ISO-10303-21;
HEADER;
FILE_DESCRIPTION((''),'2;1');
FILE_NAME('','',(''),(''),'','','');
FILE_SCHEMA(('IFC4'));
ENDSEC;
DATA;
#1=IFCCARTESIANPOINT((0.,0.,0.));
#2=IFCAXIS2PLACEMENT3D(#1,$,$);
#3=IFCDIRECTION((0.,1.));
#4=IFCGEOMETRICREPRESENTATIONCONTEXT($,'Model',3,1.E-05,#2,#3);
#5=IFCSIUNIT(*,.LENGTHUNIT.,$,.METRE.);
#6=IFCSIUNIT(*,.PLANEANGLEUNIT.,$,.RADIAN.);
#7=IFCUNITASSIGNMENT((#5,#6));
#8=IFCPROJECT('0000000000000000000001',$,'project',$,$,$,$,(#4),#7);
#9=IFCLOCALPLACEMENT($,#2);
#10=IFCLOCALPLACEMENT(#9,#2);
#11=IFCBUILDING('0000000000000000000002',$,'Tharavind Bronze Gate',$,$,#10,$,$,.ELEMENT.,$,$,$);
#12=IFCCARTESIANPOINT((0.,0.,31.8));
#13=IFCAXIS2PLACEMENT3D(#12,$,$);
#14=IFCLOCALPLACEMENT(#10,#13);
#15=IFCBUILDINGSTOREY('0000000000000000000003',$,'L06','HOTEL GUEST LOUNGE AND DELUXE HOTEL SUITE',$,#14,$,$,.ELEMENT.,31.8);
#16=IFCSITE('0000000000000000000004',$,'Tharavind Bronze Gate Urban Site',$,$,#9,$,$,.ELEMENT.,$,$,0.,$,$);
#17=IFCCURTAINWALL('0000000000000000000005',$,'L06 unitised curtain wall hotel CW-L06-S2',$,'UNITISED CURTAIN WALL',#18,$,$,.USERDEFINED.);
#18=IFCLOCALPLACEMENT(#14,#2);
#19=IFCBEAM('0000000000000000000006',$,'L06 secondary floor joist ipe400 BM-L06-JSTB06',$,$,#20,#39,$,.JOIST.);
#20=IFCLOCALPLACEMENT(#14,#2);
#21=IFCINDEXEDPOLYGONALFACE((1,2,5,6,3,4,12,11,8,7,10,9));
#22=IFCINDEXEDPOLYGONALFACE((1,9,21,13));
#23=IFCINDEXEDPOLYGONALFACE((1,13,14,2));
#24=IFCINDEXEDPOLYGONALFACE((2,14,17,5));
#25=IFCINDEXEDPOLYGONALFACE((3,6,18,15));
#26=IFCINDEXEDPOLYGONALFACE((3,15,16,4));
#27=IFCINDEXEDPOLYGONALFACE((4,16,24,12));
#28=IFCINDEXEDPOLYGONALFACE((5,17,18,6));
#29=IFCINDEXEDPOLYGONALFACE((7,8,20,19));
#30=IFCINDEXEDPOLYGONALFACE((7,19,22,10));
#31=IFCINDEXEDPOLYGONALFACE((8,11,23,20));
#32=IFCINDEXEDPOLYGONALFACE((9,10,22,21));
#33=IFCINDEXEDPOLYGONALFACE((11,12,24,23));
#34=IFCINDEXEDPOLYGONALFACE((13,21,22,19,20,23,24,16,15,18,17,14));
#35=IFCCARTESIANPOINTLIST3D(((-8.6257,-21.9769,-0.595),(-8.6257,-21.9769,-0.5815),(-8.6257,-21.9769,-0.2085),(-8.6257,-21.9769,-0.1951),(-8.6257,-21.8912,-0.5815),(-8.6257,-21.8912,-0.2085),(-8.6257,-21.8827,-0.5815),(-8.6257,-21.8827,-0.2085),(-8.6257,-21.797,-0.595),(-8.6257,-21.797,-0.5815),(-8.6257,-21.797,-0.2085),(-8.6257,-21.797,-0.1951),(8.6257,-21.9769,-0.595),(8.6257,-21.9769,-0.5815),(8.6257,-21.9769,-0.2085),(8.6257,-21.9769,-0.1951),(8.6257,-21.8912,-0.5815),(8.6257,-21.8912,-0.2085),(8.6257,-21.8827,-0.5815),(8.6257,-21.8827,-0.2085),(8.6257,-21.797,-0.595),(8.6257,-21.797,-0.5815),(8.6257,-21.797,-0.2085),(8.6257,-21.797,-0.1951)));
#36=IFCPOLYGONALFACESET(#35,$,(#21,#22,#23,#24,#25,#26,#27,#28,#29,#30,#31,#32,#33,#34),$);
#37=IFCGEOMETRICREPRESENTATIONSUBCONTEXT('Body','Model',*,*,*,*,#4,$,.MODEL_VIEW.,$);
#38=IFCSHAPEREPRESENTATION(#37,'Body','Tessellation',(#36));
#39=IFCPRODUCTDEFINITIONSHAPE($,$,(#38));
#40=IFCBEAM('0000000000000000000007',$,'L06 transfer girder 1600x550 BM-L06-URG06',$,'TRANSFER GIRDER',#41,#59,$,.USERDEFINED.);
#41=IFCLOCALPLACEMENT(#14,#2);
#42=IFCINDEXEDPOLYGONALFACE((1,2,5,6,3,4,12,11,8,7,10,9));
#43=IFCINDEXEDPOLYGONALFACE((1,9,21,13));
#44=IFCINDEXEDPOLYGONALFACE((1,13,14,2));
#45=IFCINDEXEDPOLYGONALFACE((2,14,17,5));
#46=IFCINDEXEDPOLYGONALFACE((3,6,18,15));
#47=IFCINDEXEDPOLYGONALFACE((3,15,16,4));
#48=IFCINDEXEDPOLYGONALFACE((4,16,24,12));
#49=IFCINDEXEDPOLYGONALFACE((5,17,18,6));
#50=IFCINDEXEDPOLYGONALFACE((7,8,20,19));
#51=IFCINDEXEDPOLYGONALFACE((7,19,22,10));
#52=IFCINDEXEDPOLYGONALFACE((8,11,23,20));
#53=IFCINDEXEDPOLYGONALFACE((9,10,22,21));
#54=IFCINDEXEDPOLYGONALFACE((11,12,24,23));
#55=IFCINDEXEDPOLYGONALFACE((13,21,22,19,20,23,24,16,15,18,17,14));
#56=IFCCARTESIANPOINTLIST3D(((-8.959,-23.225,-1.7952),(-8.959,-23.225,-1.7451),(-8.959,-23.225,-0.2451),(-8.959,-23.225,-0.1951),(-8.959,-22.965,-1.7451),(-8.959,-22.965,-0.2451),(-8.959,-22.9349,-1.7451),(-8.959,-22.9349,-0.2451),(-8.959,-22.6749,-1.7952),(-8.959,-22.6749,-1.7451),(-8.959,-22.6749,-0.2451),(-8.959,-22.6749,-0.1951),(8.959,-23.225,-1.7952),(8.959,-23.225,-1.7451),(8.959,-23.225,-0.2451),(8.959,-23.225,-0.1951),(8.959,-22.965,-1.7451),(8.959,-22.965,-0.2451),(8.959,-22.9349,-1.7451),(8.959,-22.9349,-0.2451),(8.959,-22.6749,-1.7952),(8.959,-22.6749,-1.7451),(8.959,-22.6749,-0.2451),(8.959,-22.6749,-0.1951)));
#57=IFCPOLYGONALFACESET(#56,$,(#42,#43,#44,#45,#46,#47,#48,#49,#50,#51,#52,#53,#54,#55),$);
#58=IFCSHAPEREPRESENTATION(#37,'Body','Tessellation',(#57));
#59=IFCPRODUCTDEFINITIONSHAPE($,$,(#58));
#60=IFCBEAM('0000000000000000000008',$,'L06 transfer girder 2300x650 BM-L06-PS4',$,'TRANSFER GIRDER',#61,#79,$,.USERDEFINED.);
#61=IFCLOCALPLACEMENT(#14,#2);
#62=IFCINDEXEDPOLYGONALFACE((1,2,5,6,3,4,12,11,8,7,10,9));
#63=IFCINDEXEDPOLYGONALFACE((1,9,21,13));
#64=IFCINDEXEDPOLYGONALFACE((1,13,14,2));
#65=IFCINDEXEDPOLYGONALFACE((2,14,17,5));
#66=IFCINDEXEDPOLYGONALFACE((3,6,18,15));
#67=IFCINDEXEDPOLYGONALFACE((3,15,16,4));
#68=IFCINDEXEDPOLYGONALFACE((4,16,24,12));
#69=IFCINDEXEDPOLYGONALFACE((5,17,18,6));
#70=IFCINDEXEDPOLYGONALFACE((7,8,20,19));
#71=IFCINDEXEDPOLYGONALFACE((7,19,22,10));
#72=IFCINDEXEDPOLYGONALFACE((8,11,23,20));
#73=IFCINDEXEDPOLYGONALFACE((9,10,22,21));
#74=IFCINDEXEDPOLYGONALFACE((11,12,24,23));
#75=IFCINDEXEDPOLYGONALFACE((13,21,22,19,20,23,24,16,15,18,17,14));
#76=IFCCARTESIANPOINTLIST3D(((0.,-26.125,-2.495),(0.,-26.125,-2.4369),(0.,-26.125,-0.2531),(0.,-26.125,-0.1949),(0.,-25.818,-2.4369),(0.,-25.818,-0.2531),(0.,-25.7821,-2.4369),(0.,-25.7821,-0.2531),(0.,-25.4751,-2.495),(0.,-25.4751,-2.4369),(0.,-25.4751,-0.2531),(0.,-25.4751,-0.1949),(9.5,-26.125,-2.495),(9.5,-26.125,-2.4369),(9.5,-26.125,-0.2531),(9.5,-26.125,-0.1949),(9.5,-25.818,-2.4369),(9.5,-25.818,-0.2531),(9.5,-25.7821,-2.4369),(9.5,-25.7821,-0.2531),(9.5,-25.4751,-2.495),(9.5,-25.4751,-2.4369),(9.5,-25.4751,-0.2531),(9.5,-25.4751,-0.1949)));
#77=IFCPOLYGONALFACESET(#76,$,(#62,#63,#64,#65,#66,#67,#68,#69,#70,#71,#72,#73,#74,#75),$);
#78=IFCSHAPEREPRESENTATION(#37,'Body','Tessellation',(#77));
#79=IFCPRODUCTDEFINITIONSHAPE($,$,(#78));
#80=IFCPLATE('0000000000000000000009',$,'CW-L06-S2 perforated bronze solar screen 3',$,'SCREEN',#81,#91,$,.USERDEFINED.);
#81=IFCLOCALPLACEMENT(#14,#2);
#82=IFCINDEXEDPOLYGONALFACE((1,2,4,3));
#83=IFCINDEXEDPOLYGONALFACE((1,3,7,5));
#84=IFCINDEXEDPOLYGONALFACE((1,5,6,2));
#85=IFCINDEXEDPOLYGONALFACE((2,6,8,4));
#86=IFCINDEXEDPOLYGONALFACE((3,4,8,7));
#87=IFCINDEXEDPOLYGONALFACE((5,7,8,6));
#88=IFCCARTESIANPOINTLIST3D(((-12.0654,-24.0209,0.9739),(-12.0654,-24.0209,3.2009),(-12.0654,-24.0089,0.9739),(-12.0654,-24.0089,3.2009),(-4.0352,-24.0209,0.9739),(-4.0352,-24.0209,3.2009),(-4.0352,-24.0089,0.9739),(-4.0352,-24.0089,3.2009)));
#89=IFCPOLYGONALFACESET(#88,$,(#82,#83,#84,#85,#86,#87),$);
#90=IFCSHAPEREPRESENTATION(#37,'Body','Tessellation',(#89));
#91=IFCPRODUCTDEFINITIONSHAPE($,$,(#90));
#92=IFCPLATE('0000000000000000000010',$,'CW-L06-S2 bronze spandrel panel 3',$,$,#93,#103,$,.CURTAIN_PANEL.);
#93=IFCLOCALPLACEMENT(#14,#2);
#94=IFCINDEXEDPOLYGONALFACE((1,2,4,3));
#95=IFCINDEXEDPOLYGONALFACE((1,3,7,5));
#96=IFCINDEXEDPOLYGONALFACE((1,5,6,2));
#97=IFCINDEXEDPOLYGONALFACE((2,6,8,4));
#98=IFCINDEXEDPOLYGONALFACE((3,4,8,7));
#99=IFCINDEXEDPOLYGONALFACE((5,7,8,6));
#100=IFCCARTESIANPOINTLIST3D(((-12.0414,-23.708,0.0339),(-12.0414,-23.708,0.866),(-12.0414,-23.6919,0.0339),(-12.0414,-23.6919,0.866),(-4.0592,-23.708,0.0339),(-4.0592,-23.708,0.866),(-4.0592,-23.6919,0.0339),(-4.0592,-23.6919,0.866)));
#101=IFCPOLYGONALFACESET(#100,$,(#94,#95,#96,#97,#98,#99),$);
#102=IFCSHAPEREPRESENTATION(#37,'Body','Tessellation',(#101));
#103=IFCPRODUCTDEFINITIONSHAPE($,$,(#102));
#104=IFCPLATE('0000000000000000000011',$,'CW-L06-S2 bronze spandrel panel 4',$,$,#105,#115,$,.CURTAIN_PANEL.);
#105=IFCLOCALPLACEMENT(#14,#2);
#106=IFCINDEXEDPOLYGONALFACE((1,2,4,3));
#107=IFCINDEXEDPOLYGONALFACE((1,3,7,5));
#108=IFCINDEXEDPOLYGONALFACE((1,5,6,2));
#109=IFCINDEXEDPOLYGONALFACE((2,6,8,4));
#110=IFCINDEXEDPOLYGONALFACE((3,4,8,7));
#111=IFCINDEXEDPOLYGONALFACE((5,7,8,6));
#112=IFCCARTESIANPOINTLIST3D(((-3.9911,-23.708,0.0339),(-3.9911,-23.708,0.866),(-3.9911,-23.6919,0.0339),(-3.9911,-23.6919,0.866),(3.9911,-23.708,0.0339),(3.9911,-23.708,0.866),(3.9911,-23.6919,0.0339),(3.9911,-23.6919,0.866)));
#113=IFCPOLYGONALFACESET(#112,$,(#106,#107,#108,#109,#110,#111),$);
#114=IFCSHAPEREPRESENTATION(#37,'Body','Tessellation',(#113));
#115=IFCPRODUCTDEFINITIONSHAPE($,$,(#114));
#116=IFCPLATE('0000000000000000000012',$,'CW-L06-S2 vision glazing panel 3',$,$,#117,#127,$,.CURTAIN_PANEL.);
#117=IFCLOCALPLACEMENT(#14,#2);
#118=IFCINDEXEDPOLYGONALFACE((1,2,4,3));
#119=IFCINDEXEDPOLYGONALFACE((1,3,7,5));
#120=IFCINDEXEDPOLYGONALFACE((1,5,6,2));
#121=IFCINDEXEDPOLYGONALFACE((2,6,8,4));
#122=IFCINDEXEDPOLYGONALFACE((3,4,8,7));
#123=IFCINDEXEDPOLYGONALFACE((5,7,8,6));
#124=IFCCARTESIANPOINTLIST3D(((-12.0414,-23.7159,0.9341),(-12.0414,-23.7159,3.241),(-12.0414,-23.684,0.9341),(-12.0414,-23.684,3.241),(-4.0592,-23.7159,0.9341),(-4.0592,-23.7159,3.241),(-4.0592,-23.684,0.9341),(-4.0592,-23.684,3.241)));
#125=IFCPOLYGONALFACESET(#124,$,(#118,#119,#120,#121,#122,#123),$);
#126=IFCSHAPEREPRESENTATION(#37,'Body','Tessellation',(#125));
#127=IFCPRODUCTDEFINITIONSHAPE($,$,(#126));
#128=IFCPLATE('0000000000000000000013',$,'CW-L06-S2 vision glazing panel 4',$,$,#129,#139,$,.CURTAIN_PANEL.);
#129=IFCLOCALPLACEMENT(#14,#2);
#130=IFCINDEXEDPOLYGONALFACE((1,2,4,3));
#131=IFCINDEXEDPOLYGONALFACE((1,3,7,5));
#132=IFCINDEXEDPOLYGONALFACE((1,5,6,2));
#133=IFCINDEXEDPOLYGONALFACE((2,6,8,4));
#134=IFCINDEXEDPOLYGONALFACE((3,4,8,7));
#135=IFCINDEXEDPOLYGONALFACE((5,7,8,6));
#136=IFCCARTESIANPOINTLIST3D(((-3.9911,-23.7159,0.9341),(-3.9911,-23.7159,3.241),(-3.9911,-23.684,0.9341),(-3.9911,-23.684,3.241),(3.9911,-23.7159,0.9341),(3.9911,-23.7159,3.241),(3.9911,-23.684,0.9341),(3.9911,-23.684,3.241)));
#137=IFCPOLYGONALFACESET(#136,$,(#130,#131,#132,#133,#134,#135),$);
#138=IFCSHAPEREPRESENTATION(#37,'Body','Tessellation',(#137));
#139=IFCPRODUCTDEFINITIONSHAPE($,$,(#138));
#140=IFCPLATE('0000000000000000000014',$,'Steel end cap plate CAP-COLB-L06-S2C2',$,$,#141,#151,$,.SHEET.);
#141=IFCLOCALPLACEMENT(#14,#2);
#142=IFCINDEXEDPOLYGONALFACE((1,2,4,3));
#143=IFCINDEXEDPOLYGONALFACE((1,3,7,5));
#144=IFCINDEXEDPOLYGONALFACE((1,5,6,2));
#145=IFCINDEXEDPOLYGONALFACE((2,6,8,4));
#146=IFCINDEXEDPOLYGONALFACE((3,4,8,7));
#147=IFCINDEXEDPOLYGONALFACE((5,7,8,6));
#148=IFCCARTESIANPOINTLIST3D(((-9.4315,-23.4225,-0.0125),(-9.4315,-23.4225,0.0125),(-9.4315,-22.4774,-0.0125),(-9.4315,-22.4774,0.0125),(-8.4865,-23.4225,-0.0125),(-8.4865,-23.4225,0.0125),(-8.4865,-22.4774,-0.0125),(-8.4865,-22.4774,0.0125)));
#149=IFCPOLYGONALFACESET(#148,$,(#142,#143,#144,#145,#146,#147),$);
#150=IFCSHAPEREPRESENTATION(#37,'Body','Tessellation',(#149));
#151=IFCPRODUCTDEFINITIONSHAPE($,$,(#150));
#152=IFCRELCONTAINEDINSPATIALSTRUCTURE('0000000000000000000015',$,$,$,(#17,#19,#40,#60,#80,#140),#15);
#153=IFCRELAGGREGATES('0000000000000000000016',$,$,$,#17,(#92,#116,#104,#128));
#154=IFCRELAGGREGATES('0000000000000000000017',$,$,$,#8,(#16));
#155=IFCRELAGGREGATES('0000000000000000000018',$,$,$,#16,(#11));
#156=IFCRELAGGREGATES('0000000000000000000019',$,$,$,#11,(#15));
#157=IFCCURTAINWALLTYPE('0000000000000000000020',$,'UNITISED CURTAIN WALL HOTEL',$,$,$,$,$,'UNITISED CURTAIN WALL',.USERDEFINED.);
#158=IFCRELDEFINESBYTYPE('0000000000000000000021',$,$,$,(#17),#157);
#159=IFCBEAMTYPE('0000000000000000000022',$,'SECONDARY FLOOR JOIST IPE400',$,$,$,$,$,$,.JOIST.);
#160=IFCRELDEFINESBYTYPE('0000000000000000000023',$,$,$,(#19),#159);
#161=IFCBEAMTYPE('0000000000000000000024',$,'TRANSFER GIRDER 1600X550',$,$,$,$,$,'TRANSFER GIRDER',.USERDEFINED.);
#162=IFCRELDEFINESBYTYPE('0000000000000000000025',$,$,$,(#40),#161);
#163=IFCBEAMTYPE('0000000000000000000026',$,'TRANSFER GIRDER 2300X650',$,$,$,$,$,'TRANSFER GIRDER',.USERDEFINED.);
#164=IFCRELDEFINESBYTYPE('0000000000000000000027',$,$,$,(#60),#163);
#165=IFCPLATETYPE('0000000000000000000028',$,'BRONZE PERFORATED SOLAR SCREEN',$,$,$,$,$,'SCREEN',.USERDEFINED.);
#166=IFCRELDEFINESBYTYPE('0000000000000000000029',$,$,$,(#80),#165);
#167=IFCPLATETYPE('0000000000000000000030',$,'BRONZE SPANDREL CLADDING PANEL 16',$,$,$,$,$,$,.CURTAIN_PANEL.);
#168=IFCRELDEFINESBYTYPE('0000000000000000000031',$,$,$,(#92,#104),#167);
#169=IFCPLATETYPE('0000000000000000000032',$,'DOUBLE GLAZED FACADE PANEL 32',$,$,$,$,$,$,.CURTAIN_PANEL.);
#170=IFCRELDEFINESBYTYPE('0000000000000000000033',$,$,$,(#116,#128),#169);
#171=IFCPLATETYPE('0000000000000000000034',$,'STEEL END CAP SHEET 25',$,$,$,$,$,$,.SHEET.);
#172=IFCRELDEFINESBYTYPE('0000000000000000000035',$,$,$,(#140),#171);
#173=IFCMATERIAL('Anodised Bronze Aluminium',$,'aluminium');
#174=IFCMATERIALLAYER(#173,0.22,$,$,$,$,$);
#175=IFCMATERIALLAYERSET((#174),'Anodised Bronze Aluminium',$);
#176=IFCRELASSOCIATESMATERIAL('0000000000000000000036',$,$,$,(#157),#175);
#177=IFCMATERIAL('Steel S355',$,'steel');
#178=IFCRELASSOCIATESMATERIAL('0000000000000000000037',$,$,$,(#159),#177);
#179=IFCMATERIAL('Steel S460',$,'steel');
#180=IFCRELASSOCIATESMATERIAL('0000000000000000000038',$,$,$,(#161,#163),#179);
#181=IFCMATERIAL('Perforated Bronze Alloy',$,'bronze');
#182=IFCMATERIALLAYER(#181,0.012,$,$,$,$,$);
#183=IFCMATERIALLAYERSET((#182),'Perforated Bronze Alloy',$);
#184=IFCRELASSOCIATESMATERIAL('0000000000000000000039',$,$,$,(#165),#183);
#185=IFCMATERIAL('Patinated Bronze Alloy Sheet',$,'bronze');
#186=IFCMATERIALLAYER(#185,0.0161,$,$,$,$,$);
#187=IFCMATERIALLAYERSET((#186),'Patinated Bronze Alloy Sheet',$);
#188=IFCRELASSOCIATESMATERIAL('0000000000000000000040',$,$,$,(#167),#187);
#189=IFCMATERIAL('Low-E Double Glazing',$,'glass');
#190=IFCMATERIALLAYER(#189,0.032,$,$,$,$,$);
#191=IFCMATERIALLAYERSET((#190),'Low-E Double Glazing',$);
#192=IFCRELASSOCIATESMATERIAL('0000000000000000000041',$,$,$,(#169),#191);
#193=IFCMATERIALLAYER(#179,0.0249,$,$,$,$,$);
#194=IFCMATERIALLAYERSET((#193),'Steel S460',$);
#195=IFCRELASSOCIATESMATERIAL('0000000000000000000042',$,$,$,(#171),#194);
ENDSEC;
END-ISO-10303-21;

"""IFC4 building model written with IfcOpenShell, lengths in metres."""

from ifc_helpers import new_model, si_unit, direction, frame, origin, origin_2d, place, context, subcontext, project, spatial, rectangle, i_section, extrude, material, layer, layer_set, material_profile, profile_set, type_object, element, aggregate, save


model = new_model("IFC4")

# Units and contexts
model_context = context("Model", 3, precision=1e-05, world=origin(), true_north=direction((0.0, 1.0)))
body_context = subcontext(model_context, "Body", "Model", "MODEL_VIEW")
ifc_project = project(units=[si_unit("LENGTHUNIT", "METRE"), si_unit("PLANEANGLEUNIT", "RADIAN")], contexts=[model_context])

# Site, building, storey
site_placement = place(None, origin())
site = spatial("IfcSite", under=ifc_project, at=site_placement, Name="Tharavind Bronze Gate Urban Site", CompositionType="ELEMENT", RefElevation=0.0)
building_placement = place(site_placement, origin())
building = spatial("IfcBuilding", under=site, at=building_placement, Name="Tharavind Bronze Gate", CompositionType="ELEMENT")
storey_placement = place(building_placement, frame((0.0, 0.0, 31.8)))
storey = spatial("IfcBuildingStorey", under=building, at=storey_placement, Name="L06", Description="HOTEL GUEST LOUNGE AND DELUXE HOTEL SUITE", CompositionType="ELEMENT", Elevation=31.8)

# Shared definitions
ifc_material_1 = material(Name="Steel S460", Category="steel")

# Curtain wall
ifc_material_2 = material(Name="Anodised Bronze Aluminium", Category="aluminium")
ifc_layer_1 = layer(ifc_material_2, 0.22)
ifc_layer_set_1 = layer_set([ifc_layer_1], Name="Anodised Bronze Aluminium")
curtain_wall_type = type_object("IfcCurtainWallType", Name="UNITISED CURTAIN WALL HOTEL", ElementType="UNITISED CURTAIN WALL", PredefinedType="USERDEFINED", material=ifc_layer_set_1)
curtain_wall_placement = place(storey_placement, origin())
curtain_wall = element("IfcCurtainWall", 1, at=curtain_wall_placement, inside=storey, type_object=curtain_wall_type, Name="L06 unitised curtain wall hotel CW-L06-S2", ObjectType="UNITISED CURTAIN WALL", PredefinedType="USERDEFINED")

# Beams
ifc_material_3 = material(Name="Steel S355", Category="steel")
ifc_material_profile_1 = material_profile(ifc_material_3, i_section(OverallWidth=0.1799, OverallDepth=0.3999, WebThickness=0.0085, FlangeThickness=0.0134, at=origin_2d()), Name="IPE400")
ifc_profile_set_1 = profile_set([ifc_material_profile_1], Name="Steel S355")
beam_type_1 = type_object("IfcBeamType", Name="SECONDARY FLOOR JOIST IPE400", PredefinedType="JOIST", material=ifc_profile_set_1)
beam_1_placement = place(storey_placement, frame((-8.6257, -21.887, -0.395), z_axis=(1.0, 0.0, 0.0), x_axis=(0.0, 1.0, 0.0)))
element("IfcBeam", 2, at=beam_1_placement, inside=storey, type_object=beam_type_1, Name="L06 secondary floor joist ipe400 BM-L06-JSTB06", PredefinedType="JOIST", context=body_context, shape_type="SweptSolid", body=[
    extrude(i_section(OverallWidth=0.1799, OverallDepth=0.3999, WebThickness=0.0085, FlangeThickness=0.0134, at=origin_2d()), origin(), (0.0, 0.0, 1.0), 17.2515),
])
ifc_material_profile_2 = material_profile(ifc_material_1, i_section(OverallWidth=0.55, OverallDepth=1.6001, WebThickness=0.03, FlangeThickness=0.05, at=origin_2d()), Name="PG1600X550")
ifc_profile_set_2 = profile_set([ifc_material_profile_2], Name="Steel S460")
beam_type_2 = type_object("IfcBeamType", Name="TRANSFER GIRDER 1600X550", ElementType="TRANSFER GIRDER", PredefinedType="USERDEFINED", material=ifc_profile_set_2)
beam_2_placement = place(storey_placement, frame((-8.959, -22.95, -0.9951), z_axis=(1.0, 0.0, 0.0), x_axis=(0.0, 1.0, 0.0)))
element("IfcBeam", 3, at=beam_2_placement, inside=storey, type_object=beam_type_2, Name="L06 transfer girder 1600x550 BM-L06-URG06", ObjectType="TRANSFER GIRDER", PredefinedType="USERDEFINED", context=body_context, shape_type="SweptSolid", body=[
    extrude(i_section(OverallWidth=0.55, OverallDepth=1.6001, WebThickness=0.03, FlangeThickness=0.05, at=origin_2d()), origin(), (0.0, 0.0, 1.0), 17.918),
])
ifc_material_profile_3 = material_profile(ifc_material_1, i_section(OverallWidth=0.6499, OverallDepth=2.3, WebThickness=0.0359, FlangeThickness=0.0581, at=origin_2d()), Name="PG2300X650")
ifc_profile_set_3 = profile_set([ifc_material_profile_3], Name="Steel S460")
beam_type_3 = type_object("IfcBeamType", Name="TRANSFER GIRDER 2300X650", ElementType="TRANSFER GIRDER", PredefinedType="USERDEFINED", material=ifc_profile_set_3)
beam_3_placement = place(storey_placement, frame((0.0, -25.8, -1.345), z_axis=(1.0, 0.0, 0.0), x_axis=(0.0, 1.0, 0.0)))
element("IfcBeam", 4, at=beam_3_placement, inside=storey, type_object=beam_type_3, Name="L06 transfer girder 2300x650 BM-L06-PS4", ObjectType="TRANSFER GIRDER", PredefinedType="USERDEFINED", context=body_context, shape_type="SweptSolid", body=[
    extrude(i_section(OverallWidth=0.6499, OverallDepth=2.3, WebThickness=0.0359, FlangeThickness=0.0581, at=origin_2d()), origin(), (0.0, 0.0, 1.0), 9.5),
])

# Plates
ifc_material_4 = material(Name="Perforated Bronze Alloy", Category="bronze")
ifc_layer_2 = layer(ifc_material_4, 0.012)
ifc_layer_set_2 = layer_set([ifc_layer_2], Name="Perforated Bronze Alloy")
plate_type_1 = type_object("IfcPlateType", Name="BRONZE PERFORATED SOLAR SCREEN", ElementType="SCREEN", PredefinedType="USERDEFINED", material=ifc_layer_set_2)
plate_1_placement = place(storey_placement, frame((-8.0503, -24.0149, 0.9739), z_axis=(0.0, 0.0, 1.0), x_axis=(1.0, 0.0, 0.0)))
element("IfcPlate", 5, at=plate_1_placement, inside=storey, type_object=plate_type_1, Name="CW-L06-S2 perforated bronze solar screen 3", ObjectType="SCREEN", PredefinedType="USERDEFINED", context=body_context, shape_type="SweptSolid", body=[
    extrude(rectangle(XDim=8.0303, YDim=0.012, at=origin_2d()), origin(), (0.0, 0.0, 1.0), 2.2271),
])
ifc_material_5 = material(Name="Patinated Bronze Alloy Sheet", Category="bronze")
ifc_layer_3 = layer(ifc_material_5, 0.0161)
ifc_layer_set_3 = layer_set([ifc_layer_3], Name="Patinated Bronze Alloy Sheet")
plate_type_2 = type_object("IfcPlateType", Name="BRONZE SPANDREL CLADDING PANEL 16", PredefinedType="CURTAIN_PANEL", material=ifc_layer_set_3)
plate_2_placement = place(storey_placement, frame((-8.0503, -23.7, 0.0339), z_axis=(0.0, 0.0, 1.0), x_axis=(1.0, 0.0, 0.0)))
plate_2 = element("IfcPlate", 6, at=plate_2_placement, type_object=plate_type_2, Name="CW-L06-S2 bronze spandrel panel 3", PredefinedType="CURTAIN_PANEL", context=body_context, shape_type="SweptSolid", body=[
    extrude(rectangle(XDim=7.9822, YDim=0.0161, at=origin_2d()), origin(), (0.0, 0.0, 1.0), 0.832),
])
plate_3_placement = place(storey_placement, frame((0.0, -23.7, 0.0339), z_axis=(0.0, 0.0, 1.0), x_axis=(1.0, 0.0, 0.0)))
plate_3 = element("IfcPlate", 7, at=plate_3_placement, type_object=plate_type_2, Name="CW-L06-S2 bronze spandrel panel 4", PredefinedType="CURTAIN_PANEL", context=body_context, shape_type="SweptSolid", body=[
    extrude(rectangle(XDim=7.9822, YDim=0.0161, at=origin_2d()), origin(), (0.0, 0.0, 1.0), 0.832),
])
ifc_material_6 = material(Name="Low-E Double Glazing", Category="glass")
ifc_layer_4 = layer(ifc_material_6, 0.032)
ifc_layer_set_4 = layer_set([ifc_layer_4], Name="Low-E Double Glazing")
plate_type_3 = type_object("IfcPlateType", Name="DOUBLE GLAZED FACADE PANEL 32", PredefinedType="CURTAIN_PANEL", material=ifc_layer_set_4)
plate_4_placement = place(storey_placement, frame((-8.0503, -23.7, 0.9341), z_axis=(0.0, 0.0, 1.0), x_axis=(1.0, 0.0, 0.0)))
plate_4 = element("IfcPlate", 8, at=plate_4_placement, type_object=plate_type_3, Name="CW-L06-S2 vision glazing panel 3", PredefinedType="CURTAIN_PANEL", context=body_context, shape_type="SweptSolid", body=[
    extrude(rectangle(XDim=7.9822, YDim=0.032, at=origin_2d()), origin(), (0.0, 0.0, 1.0), 2.3069),
])
plate_5_placement = place(storey_placement, frame((0.0, -23.7, 0.9341), z_axis=(0.0, 0.0, 1.0), x_axis=(1.0, 0.0, 0.0)))
plate_5 = element("IfcPlate", 9, at=plate_5_placement, type_object=plate_type_3, Name="CW-L06-S2 vision glazing panel 4", PredefinedType="CURTAIN_PANEL", context=body_context, shape_type="SweptSolid", body=[
    extrude(rectangle(XDim=7.9822, YDim=0.032, at=origin_2d()), origin(), (0.0, 0.0, 1.0), 2.3069),
])
aggregate(curtain_wall, [plate_2, plate_4, plate_3, plate_5])
ifc_layer_5 = layer(ifc_material_1, 0.0249)
ifc_layer_set_5 = layer_set([ifc_layer_5], Name="Steel S460")
plate_type_4 = type_object("IfcPlateType", Name="STEEL END CAP SHEET 25", PredefinedType="SHEET", material=ifc_layer_set_5)
plate_6_placement = place(storey_placement, frame((-8.959, -22.95, -0.0125), z_axis=(0.0, 0.0, 1.0), x_axis=(1.0, 0.0, 0.0)))
element("IfcPlate", 10, at=plate_6_placement, inside=storey, type_object=plate_type_4, Name="Steel end cap plate CAP-COLB-L06-S2C2", PredefinedType="SHEET", context=body_context, shape_type="SweptSolid", body=[
    extrude(rectangle(XDim=0.9451, YDim=0.9451, at=origin_2d()), origin(), (0.0, 0.0, 1.0), 0.0249),
])

save(model, "model.ifc")
